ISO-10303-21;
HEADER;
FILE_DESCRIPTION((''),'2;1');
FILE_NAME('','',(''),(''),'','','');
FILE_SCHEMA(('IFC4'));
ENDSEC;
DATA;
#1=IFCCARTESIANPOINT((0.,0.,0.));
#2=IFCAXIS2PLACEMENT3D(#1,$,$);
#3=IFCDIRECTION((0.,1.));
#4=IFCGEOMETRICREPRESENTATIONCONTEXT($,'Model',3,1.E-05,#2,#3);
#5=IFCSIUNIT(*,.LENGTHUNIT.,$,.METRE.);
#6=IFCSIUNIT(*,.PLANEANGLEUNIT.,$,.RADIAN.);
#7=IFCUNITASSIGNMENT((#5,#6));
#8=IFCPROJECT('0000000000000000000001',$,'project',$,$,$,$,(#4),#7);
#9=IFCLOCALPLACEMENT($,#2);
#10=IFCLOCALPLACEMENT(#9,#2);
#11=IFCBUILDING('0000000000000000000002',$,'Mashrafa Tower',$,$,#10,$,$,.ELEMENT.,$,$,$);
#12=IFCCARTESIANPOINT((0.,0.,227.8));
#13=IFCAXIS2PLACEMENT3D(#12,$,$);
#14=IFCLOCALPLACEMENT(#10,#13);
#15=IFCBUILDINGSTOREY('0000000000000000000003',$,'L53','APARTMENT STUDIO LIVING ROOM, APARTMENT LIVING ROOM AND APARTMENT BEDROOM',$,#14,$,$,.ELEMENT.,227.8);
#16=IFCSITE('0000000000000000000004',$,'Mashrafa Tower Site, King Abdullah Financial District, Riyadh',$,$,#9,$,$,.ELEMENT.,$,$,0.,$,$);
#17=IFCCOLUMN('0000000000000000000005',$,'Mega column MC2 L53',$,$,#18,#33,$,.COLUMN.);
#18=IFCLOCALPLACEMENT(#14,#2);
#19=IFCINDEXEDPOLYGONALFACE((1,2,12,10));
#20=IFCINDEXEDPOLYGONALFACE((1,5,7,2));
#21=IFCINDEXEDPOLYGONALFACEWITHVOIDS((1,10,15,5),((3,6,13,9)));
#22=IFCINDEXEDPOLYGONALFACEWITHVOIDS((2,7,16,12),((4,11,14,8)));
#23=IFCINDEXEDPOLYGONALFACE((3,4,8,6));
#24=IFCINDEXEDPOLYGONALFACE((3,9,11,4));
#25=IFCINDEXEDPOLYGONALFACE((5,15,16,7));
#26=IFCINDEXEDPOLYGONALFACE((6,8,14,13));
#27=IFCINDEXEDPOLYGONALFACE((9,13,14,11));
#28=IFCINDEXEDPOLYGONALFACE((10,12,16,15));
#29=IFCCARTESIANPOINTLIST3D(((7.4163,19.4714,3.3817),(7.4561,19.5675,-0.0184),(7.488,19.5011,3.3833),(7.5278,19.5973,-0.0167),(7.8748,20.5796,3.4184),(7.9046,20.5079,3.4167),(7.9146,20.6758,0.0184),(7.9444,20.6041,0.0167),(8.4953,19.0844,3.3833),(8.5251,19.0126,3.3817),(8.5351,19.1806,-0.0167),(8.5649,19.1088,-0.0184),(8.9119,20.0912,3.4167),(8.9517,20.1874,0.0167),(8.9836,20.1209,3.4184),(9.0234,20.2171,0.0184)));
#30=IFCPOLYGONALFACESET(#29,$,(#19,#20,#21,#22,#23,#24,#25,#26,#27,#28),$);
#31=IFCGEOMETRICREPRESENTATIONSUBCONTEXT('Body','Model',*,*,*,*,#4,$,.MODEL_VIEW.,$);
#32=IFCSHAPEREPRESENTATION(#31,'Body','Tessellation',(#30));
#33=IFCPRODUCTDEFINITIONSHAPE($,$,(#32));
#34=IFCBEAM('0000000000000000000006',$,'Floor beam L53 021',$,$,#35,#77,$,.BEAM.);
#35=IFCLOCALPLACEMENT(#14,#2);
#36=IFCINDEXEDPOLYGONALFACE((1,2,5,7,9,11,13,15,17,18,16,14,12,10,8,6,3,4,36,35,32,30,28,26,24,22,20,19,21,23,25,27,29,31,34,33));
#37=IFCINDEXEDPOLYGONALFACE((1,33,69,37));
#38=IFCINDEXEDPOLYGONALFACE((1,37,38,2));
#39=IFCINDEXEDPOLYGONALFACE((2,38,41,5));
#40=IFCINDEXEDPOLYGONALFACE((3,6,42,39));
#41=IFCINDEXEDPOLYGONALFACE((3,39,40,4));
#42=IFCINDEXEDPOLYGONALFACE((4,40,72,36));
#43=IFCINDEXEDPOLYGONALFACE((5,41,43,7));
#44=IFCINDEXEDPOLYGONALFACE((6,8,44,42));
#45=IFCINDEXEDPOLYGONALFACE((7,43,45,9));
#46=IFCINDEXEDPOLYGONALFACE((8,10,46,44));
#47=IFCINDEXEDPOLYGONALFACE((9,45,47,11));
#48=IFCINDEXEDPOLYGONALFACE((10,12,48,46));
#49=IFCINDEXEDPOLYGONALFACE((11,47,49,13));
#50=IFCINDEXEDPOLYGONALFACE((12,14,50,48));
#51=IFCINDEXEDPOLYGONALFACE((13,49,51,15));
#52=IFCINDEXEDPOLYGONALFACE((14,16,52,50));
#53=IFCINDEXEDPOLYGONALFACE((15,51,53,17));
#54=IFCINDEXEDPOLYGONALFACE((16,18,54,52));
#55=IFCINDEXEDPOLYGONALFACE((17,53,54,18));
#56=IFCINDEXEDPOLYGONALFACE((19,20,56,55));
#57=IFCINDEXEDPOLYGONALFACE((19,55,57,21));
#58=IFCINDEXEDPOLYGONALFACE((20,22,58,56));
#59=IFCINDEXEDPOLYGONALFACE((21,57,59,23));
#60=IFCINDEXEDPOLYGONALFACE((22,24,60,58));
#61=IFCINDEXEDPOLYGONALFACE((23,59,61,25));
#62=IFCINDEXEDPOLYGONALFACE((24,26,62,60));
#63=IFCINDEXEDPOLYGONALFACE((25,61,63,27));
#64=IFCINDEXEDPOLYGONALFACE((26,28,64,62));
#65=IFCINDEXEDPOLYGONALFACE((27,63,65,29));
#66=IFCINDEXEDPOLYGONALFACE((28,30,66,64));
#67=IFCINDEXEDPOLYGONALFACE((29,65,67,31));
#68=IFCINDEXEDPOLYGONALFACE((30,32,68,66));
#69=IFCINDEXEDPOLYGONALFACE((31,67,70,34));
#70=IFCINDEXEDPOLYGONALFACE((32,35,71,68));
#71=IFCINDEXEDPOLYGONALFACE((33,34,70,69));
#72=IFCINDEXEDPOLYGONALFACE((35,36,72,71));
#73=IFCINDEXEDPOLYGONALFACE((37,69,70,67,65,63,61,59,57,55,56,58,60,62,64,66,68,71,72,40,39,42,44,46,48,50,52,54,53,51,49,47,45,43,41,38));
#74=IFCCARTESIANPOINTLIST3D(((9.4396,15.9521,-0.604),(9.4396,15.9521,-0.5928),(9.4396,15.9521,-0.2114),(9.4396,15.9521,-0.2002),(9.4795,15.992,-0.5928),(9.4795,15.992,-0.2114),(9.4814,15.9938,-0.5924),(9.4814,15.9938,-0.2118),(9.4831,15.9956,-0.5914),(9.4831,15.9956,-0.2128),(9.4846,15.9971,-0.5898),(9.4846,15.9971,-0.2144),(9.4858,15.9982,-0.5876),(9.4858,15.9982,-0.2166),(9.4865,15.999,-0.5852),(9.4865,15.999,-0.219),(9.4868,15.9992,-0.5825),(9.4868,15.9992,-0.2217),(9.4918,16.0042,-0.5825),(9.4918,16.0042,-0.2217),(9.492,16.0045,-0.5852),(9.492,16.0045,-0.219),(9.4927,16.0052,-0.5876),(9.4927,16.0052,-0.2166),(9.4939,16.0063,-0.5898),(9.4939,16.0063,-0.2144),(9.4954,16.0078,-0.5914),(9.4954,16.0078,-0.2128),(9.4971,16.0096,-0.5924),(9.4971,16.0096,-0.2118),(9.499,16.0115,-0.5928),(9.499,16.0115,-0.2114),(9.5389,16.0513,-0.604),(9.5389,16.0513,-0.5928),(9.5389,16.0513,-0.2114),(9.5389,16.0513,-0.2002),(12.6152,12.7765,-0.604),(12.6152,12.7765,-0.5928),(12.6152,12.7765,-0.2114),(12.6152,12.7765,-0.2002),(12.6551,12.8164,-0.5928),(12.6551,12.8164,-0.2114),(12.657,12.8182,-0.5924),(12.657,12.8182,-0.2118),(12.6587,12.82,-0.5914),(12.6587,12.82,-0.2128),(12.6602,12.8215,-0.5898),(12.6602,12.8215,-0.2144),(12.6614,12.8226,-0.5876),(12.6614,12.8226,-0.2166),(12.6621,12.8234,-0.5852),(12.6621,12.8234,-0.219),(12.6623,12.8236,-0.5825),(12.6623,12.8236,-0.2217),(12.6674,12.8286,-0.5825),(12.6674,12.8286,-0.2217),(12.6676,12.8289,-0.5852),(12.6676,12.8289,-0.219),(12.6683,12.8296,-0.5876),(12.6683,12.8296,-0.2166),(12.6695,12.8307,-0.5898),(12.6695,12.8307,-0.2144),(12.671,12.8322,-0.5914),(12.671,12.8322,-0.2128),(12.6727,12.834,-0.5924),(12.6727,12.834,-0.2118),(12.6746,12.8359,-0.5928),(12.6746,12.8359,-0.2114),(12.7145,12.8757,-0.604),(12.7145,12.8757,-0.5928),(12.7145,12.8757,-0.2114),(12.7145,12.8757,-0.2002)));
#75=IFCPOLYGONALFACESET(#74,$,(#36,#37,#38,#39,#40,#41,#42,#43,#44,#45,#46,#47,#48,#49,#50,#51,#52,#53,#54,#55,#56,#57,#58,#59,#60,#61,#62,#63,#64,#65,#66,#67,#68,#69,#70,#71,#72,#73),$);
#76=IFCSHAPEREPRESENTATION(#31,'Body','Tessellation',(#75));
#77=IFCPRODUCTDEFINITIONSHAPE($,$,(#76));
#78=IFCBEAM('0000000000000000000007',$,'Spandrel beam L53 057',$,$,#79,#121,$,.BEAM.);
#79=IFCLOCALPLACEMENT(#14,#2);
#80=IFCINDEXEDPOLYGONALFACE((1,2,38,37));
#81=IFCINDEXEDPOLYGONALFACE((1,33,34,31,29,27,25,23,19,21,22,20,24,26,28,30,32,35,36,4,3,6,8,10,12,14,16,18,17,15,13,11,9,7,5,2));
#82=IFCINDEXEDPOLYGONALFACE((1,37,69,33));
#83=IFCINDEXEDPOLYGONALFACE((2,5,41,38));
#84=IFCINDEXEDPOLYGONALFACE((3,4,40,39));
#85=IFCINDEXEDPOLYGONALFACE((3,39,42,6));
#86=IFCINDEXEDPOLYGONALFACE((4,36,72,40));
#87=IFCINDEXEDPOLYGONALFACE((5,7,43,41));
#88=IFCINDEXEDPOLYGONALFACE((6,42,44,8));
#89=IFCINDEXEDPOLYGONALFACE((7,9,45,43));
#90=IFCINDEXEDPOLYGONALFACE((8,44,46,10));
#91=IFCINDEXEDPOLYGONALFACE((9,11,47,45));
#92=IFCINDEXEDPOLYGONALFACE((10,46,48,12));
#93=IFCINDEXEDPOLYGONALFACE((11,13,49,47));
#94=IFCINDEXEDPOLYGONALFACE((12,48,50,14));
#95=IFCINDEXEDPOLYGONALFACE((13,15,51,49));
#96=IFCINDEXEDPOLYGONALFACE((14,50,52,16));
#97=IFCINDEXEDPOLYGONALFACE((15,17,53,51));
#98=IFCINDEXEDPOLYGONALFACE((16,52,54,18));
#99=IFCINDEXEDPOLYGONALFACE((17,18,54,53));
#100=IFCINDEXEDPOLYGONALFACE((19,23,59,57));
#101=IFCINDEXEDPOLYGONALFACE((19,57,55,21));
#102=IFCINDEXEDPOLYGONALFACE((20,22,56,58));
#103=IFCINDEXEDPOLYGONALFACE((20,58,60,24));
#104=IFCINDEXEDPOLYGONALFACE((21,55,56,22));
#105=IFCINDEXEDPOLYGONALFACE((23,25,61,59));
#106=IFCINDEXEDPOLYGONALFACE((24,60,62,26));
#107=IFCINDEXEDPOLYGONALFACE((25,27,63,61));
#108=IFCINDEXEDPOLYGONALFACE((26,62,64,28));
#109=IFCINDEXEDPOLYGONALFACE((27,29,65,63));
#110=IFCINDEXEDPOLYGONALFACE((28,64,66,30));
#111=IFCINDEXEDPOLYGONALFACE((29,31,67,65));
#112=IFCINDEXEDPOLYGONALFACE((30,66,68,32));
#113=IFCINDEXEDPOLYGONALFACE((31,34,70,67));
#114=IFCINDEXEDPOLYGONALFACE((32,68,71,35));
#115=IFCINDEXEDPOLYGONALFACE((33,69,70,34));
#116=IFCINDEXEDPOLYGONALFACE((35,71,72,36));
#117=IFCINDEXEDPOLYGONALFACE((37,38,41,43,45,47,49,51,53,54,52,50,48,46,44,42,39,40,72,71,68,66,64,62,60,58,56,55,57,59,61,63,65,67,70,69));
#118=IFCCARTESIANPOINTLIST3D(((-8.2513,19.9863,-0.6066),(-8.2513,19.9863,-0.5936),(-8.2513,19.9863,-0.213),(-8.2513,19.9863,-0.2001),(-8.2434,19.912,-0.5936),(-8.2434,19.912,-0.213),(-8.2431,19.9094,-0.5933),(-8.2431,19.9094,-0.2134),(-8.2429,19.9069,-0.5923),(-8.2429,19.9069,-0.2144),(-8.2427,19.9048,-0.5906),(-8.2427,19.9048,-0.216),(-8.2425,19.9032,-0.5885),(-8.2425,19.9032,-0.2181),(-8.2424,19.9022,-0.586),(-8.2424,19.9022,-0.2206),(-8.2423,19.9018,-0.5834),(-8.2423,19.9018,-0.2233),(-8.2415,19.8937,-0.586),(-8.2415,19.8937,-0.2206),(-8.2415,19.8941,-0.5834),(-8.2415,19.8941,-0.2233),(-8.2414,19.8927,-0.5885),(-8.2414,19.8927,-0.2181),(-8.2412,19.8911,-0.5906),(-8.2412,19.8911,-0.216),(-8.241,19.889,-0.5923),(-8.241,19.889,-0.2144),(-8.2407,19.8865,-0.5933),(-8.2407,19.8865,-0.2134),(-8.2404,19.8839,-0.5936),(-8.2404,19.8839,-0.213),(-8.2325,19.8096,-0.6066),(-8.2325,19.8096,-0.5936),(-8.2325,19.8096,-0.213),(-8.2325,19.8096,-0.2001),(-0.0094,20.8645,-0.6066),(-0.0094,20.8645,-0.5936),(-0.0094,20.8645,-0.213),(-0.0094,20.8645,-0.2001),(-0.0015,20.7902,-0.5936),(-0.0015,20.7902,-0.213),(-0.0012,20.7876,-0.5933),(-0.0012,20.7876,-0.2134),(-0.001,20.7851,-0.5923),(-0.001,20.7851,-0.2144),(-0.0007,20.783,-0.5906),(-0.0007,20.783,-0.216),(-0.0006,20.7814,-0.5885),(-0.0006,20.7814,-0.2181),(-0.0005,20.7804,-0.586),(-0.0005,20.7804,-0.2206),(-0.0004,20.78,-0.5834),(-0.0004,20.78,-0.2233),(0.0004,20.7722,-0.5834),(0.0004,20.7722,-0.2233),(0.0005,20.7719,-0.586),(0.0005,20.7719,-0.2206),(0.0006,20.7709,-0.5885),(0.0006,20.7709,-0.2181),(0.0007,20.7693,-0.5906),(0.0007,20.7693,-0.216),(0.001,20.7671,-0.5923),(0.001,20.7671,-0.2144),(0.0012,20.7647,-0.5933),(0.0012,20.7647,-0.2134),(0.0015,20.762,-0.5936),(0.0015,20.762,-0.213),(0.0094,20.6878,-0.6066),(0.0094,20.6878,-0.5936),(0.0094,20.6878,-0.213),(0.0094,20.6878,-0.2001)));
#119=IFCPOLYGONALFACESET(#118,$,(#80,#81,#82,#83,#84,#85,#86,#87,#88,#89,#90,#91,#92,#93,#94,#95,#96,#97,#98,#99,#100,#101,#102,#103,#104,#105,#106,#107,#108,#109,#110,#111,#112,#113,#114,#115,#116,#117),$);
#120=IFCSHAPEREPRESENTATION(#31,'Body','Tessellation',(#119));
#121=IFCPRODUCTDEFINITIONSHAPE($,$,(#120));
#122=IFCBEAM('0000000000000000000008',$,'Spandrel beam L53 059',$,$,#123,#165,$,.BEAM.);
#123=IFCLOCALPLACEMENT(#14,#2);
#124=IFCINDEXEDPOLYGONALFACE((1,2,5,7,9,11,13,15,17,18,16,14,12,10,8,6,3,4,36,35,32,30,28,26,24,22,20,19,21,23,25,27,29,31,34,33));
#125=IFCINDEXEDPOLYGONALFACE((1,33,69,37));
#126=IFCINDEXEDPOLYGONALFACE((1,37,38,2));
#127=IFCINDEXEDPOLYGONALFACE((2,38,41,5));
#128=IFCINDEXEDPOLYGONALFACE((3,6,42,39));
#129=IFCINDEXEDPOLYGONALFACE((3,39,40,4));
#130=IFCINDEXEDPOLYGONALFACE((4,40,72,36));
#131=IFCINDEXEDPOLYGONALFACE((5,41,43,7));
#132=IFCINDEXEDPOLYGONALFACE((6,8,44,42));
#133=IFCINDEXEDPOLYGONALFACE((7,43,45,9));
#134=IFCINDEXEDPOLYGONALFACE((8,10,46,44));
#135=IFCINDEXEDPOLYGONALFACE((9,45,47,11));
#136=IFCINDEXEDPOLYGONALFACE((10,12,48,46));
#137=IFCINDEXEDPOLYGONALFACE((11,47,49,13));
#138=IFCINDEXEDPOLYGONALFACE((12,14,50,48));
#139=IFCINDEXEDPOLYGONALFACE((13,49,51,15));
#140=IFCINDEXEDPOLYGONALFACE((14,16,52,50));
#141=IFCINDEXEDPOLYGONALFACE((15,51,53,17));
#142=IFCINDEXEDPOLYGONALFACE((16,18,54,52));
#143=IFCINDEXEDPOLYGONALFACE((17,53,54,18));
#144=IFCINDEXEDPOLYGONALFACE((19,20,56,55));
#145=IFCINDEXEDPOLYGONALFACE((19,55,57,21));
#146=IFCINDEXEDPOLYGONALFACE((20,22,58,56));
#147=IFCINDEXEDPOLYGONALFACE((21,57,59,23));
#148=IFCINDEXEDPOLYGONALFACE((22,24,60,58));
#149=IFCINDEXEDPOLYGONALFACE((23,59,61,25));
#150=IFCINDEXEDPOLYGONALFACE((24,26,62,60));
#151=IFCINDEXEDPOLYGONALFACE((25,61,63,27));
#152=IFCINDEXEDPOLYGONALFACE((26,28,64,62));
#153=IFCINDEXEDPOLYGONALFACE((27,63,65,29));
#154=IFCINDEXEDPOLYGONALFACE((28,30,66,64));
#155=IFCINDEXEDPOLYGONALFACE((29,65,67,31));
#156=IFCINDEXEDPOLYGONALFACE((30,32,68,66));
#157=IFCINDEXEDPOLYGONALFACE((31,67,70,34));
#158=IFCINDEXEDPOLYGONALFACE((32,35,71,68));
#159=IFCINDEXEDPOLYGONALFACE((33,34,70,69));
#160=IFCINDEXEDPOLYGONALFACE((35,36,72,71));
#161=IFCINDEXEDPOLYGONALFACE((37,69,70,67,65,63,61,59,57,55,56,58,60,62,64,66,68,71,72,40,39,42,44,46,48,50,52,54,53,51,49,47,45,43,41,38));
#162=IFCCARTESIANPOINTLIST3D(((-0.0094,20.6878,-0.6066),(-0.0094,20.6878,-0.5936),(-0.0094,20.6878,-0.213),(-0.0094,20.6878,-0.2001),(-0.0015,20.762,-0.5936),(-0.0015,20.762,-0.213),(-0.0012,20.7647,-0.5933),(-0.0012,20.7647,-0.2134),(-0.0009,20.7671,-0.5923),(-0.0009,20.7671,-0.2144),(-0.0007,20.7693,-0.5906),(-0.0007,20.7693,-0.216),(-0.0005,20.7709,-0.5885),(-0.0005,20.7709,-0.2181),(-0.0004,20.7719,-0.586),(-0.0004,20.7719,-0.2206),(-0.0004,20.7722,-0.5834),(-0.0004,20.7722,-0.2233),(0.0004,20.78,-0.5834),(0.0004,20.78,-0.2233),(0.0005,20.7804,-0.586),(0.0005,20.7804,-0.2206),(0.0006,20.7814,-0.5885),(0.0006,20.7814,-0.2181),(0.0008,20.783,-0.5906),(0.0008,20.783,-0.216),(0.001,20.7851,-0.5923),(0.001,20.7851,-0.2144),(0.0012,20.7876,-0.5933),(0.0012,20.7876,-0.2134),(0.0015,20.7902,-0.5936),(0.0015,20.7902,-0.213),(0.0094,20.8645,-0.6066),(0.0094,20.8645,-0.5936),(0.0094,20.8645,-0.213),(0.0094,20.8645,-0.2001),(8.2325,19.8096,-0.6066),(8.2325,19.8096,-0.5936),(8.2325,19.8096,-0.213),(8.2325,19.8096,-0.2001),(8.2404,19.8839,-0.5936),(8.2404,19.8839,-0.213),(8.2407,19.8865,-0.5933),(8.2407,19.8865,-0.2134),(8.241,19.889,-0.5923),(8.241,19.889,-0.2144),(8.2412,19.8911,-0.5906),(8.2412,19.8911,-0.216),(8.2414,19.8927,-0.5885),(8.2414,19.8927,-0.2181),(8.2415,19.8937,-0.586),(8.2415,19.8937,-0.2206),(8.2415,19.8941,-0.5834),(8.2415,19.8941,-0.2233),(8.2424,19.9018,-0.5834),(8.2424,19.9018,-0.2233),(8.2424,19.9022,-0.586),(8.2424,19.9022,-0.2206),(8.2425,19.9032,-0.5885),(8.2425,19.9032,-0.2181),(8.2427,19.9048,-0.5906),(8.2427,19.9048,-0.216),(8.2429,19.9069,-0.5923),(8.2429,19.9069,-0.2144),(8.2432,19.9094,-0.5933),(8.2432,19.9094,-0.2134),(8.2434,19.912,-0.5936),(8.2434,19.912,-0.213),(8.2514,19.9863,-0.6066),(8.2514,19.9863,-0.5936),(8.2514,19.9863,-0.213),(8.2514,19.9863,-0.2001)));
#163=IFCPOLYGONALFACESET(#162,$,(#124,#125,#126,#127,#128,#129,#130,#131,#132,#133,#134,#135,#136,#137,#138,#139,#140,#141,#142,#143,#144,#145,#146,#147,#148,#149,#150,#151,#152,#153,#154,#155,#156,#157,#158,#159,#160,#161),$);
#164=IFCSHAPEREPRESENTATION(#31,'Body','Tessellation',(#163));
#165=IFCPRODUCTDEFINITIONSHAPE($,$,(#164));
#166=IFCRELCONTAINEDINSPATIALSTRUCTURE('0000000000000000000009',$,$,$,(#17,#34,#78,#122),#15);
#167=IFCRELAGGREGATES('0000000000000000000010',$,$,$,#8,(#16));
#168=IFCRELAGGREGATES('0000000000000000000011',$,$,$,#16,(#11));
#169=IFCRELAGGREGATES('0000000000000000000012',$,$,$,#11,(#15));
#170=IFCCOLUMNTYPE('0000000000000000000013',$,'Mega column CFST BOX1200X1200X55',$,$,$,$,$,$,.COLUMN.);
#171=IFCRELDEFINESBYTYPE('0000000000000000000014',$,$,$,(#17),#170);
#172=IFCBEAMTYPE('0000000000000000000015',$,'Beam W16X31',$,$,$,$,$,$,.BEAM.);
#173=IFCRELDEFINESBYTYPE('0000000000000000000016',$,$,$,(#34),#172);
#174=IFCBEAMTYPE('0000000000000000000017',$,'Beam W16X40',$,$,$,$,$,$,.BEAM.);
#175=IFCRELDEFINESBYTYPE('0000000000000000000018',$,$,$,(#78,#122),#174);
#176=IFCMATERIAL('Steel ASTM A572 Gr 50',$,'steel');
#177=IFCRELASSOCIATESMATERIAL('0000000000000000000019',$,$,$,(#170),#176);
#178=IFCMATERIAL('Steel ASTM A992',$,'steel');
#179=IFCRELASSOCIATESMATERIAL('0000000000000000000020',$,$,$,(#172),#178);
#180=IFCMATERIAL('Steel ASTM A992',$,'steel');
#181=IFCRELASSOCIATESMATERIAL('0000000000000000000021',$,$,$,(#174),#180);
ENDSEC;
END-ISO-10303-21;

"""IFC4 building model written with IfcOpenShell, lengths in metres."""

from ifc_helpers import new_model, si_unit, direction, frame, origin, origin_2d, place, context, subcontext, project, spatial, hollow_rectangle, i_section, extrude, material, material_profile, profile_set, type_object, element, save


model = new_model("IFC4")

# Units and contexts
model_context = context("Model", 3, precision=1e-05, world=origin(), true_north=direction((0.0, 1.0)))
body_context = subcontext(model_context, "Body", "Model", "MODEL_VIEW")
ifc_project = project(units=[si_unit("LENGTHUNIT", "METRE"), si_unit("PLANEANGLEUNIT", "RADIAN")], contexts=[model_context])

# Site, building, storey
site_placement = place(None, origin())
site = spatial("IfcSite", under=ifc_project, at=site_placement, Name="Mashrafa Tower Site, King Abdullah Financial District, Riyadh", CompositionType="ELEMENT", RefElevation=0.0)
building_placement = place(site_placement, origin())
building = spatial("IfcBuilding", under=site, at=building_placement, Name="Mashrafa Tower", CompositionType="ELEMENT")
storey_placement = place(building_placement, frame((0.0, 0.0, 227.8)))
storey = spatial("IfcBuildingStorey", under=building, at=storey_placement, Name="L53", Description="APARTMENT STUDIO LIVING ROOM, APARTMENT LIVING ROOM AND APARTMENT BEDROOM", CompositionType="ELEMENT", Elevation=227.8)

# Column
ifc_material_1 = material(Name="Steel ASTM A572 Gr 50", Category="steel")
ifc_material_profile_1 = material_profile(ifc_material_1, hollow_rectangle(XDim=1.2, YDim=1.2, WallThickness=0.0549, at=origin_2d()), Name="BOX1200X1200X55")
ifc_profile_set_1 = profile_set([ifc_material_profile_1], Name="Steel ASTM A572 Gr 50")
column_type = type_object("IfcColumnType", Name="Mega column CFST BOX1200X1200X55", PredefinedType="COLUMN", material=ifc_profile_set_1)
column_placement = place(storey_placement, frame((8.2397, 19.8923, 0.0), z_axis=(-0.011699, -0.028279, 0.999532), x_axis=(0.924045, -0.382283, 0.0)))
element("IfcColumn", 1, at=column_placement, inside=storey, type_object=column_type, Name="Mega column MC2 L53", PredefinedType="COLUMN", context=body_context, shape_type="SweptSolid", body=[
    extrude(hollow_rectangle(XDim=1.2, YDim=1.2, WallThickness=0.0549, at=origin_2d()), origin(), (0.0, 0.0, 1.0), 3.4016),
])

# Beams
ifc_material_2 = material(Name="Steel ASTM A992", Category="steel")
ifc_material_profile_2 = material_profile(ifc_material_2, i_section(OverallWidth=0.1404, OverallDepth=0.4038, WebThickness=0.0071, FlangeThickness=0.0112, FilletRadius=0.0103, at=origin_2d()), Name="W16X31")
ifc_profile_set_2 = profile_set([ifc_material_profile_2], Name="Steel ASTM A992")
beam_type_1 = type_object("IfcBeamType", Name="Beam W16X31", PredefinedType="BEAM", material=ifc_profile_set_2)
beam_1_placement = place(storey_placement, frame((9.4893, 16.0017, -0.4021), z_axis=(0.707107, -0.707107, 0.0), x_axis=(0.707107, 0.707107, 0.0)))
element("IfcBeam", 2, at=beam_1_placement, inside=storey, type_object=beam_type_1, Name="Floor beam L53 021", PredefinedType="BEAM", context=body_context, shape_type="SweptSolid", body=[
    extrude(i_section(OverallWidth=0.1404, OverallDepth=0.4038, WebThickness=0.0071, FlangeThickness=0.0112, FilletRadius=0.0103, at=origin_2d()), origin(), (0.0, 0.0, 1.0), 4.491),
])
ifc_material_3 = material(Name="Steel ASTM A992", Category="steel")
ifc_material_profile_3 = material_profile(ifc_material_3, i_section(OverallWidth=0.1777, OverallDepth=0.4065, WebThickness=0.0078, FlangeThickness=0.0129, FilletRadius=0.0103, at=origin_2d()), Name="W16X40")
ifc_profile_set_3 = profile_set([ifc_material_profile_3], Name="Steel ASTM A992")
beam_type_2 = type_object("IfcBeamType", Name="Beam W16X40", PredefinedType="BEAM", material=ifc_profile_set_3)
for number, where, z_axis, x_axis, name in (
    (3, (0.0, 20.7761, -0.4033), (-0.994371, -0.10595, 0.0), (0.10595, -0.994371, 0.0), "Spandrel beam L53 057"),
    (4, (8.2419, 19.8979, -0.4033), (-0.994371, 0.10595, 0.0), (-0.10595, -0.994371, 0.0), "Spandrel beam L53 059"),
):
    element("IfcBeam", number, at=place(storey_placement, frame(where, z_axis=z_axis, x_axis=x_axis)), inside=storey, type_object=beam_type_2, Name=name, PredefinedType="BEAM", context=body_context, shape_type="SweptSolid", body=[
        extrude(i_section(OverallWidth=0.1777, OverallDepth=0.4065, WebThickness=0.0078, FlangeThickness=0.0129, FilletRadius=0.0103, at=origin_2d()), origin(), (0.0, 0.0, 1.0), 8.2886),
    ])

save(model, "model.ifc")
